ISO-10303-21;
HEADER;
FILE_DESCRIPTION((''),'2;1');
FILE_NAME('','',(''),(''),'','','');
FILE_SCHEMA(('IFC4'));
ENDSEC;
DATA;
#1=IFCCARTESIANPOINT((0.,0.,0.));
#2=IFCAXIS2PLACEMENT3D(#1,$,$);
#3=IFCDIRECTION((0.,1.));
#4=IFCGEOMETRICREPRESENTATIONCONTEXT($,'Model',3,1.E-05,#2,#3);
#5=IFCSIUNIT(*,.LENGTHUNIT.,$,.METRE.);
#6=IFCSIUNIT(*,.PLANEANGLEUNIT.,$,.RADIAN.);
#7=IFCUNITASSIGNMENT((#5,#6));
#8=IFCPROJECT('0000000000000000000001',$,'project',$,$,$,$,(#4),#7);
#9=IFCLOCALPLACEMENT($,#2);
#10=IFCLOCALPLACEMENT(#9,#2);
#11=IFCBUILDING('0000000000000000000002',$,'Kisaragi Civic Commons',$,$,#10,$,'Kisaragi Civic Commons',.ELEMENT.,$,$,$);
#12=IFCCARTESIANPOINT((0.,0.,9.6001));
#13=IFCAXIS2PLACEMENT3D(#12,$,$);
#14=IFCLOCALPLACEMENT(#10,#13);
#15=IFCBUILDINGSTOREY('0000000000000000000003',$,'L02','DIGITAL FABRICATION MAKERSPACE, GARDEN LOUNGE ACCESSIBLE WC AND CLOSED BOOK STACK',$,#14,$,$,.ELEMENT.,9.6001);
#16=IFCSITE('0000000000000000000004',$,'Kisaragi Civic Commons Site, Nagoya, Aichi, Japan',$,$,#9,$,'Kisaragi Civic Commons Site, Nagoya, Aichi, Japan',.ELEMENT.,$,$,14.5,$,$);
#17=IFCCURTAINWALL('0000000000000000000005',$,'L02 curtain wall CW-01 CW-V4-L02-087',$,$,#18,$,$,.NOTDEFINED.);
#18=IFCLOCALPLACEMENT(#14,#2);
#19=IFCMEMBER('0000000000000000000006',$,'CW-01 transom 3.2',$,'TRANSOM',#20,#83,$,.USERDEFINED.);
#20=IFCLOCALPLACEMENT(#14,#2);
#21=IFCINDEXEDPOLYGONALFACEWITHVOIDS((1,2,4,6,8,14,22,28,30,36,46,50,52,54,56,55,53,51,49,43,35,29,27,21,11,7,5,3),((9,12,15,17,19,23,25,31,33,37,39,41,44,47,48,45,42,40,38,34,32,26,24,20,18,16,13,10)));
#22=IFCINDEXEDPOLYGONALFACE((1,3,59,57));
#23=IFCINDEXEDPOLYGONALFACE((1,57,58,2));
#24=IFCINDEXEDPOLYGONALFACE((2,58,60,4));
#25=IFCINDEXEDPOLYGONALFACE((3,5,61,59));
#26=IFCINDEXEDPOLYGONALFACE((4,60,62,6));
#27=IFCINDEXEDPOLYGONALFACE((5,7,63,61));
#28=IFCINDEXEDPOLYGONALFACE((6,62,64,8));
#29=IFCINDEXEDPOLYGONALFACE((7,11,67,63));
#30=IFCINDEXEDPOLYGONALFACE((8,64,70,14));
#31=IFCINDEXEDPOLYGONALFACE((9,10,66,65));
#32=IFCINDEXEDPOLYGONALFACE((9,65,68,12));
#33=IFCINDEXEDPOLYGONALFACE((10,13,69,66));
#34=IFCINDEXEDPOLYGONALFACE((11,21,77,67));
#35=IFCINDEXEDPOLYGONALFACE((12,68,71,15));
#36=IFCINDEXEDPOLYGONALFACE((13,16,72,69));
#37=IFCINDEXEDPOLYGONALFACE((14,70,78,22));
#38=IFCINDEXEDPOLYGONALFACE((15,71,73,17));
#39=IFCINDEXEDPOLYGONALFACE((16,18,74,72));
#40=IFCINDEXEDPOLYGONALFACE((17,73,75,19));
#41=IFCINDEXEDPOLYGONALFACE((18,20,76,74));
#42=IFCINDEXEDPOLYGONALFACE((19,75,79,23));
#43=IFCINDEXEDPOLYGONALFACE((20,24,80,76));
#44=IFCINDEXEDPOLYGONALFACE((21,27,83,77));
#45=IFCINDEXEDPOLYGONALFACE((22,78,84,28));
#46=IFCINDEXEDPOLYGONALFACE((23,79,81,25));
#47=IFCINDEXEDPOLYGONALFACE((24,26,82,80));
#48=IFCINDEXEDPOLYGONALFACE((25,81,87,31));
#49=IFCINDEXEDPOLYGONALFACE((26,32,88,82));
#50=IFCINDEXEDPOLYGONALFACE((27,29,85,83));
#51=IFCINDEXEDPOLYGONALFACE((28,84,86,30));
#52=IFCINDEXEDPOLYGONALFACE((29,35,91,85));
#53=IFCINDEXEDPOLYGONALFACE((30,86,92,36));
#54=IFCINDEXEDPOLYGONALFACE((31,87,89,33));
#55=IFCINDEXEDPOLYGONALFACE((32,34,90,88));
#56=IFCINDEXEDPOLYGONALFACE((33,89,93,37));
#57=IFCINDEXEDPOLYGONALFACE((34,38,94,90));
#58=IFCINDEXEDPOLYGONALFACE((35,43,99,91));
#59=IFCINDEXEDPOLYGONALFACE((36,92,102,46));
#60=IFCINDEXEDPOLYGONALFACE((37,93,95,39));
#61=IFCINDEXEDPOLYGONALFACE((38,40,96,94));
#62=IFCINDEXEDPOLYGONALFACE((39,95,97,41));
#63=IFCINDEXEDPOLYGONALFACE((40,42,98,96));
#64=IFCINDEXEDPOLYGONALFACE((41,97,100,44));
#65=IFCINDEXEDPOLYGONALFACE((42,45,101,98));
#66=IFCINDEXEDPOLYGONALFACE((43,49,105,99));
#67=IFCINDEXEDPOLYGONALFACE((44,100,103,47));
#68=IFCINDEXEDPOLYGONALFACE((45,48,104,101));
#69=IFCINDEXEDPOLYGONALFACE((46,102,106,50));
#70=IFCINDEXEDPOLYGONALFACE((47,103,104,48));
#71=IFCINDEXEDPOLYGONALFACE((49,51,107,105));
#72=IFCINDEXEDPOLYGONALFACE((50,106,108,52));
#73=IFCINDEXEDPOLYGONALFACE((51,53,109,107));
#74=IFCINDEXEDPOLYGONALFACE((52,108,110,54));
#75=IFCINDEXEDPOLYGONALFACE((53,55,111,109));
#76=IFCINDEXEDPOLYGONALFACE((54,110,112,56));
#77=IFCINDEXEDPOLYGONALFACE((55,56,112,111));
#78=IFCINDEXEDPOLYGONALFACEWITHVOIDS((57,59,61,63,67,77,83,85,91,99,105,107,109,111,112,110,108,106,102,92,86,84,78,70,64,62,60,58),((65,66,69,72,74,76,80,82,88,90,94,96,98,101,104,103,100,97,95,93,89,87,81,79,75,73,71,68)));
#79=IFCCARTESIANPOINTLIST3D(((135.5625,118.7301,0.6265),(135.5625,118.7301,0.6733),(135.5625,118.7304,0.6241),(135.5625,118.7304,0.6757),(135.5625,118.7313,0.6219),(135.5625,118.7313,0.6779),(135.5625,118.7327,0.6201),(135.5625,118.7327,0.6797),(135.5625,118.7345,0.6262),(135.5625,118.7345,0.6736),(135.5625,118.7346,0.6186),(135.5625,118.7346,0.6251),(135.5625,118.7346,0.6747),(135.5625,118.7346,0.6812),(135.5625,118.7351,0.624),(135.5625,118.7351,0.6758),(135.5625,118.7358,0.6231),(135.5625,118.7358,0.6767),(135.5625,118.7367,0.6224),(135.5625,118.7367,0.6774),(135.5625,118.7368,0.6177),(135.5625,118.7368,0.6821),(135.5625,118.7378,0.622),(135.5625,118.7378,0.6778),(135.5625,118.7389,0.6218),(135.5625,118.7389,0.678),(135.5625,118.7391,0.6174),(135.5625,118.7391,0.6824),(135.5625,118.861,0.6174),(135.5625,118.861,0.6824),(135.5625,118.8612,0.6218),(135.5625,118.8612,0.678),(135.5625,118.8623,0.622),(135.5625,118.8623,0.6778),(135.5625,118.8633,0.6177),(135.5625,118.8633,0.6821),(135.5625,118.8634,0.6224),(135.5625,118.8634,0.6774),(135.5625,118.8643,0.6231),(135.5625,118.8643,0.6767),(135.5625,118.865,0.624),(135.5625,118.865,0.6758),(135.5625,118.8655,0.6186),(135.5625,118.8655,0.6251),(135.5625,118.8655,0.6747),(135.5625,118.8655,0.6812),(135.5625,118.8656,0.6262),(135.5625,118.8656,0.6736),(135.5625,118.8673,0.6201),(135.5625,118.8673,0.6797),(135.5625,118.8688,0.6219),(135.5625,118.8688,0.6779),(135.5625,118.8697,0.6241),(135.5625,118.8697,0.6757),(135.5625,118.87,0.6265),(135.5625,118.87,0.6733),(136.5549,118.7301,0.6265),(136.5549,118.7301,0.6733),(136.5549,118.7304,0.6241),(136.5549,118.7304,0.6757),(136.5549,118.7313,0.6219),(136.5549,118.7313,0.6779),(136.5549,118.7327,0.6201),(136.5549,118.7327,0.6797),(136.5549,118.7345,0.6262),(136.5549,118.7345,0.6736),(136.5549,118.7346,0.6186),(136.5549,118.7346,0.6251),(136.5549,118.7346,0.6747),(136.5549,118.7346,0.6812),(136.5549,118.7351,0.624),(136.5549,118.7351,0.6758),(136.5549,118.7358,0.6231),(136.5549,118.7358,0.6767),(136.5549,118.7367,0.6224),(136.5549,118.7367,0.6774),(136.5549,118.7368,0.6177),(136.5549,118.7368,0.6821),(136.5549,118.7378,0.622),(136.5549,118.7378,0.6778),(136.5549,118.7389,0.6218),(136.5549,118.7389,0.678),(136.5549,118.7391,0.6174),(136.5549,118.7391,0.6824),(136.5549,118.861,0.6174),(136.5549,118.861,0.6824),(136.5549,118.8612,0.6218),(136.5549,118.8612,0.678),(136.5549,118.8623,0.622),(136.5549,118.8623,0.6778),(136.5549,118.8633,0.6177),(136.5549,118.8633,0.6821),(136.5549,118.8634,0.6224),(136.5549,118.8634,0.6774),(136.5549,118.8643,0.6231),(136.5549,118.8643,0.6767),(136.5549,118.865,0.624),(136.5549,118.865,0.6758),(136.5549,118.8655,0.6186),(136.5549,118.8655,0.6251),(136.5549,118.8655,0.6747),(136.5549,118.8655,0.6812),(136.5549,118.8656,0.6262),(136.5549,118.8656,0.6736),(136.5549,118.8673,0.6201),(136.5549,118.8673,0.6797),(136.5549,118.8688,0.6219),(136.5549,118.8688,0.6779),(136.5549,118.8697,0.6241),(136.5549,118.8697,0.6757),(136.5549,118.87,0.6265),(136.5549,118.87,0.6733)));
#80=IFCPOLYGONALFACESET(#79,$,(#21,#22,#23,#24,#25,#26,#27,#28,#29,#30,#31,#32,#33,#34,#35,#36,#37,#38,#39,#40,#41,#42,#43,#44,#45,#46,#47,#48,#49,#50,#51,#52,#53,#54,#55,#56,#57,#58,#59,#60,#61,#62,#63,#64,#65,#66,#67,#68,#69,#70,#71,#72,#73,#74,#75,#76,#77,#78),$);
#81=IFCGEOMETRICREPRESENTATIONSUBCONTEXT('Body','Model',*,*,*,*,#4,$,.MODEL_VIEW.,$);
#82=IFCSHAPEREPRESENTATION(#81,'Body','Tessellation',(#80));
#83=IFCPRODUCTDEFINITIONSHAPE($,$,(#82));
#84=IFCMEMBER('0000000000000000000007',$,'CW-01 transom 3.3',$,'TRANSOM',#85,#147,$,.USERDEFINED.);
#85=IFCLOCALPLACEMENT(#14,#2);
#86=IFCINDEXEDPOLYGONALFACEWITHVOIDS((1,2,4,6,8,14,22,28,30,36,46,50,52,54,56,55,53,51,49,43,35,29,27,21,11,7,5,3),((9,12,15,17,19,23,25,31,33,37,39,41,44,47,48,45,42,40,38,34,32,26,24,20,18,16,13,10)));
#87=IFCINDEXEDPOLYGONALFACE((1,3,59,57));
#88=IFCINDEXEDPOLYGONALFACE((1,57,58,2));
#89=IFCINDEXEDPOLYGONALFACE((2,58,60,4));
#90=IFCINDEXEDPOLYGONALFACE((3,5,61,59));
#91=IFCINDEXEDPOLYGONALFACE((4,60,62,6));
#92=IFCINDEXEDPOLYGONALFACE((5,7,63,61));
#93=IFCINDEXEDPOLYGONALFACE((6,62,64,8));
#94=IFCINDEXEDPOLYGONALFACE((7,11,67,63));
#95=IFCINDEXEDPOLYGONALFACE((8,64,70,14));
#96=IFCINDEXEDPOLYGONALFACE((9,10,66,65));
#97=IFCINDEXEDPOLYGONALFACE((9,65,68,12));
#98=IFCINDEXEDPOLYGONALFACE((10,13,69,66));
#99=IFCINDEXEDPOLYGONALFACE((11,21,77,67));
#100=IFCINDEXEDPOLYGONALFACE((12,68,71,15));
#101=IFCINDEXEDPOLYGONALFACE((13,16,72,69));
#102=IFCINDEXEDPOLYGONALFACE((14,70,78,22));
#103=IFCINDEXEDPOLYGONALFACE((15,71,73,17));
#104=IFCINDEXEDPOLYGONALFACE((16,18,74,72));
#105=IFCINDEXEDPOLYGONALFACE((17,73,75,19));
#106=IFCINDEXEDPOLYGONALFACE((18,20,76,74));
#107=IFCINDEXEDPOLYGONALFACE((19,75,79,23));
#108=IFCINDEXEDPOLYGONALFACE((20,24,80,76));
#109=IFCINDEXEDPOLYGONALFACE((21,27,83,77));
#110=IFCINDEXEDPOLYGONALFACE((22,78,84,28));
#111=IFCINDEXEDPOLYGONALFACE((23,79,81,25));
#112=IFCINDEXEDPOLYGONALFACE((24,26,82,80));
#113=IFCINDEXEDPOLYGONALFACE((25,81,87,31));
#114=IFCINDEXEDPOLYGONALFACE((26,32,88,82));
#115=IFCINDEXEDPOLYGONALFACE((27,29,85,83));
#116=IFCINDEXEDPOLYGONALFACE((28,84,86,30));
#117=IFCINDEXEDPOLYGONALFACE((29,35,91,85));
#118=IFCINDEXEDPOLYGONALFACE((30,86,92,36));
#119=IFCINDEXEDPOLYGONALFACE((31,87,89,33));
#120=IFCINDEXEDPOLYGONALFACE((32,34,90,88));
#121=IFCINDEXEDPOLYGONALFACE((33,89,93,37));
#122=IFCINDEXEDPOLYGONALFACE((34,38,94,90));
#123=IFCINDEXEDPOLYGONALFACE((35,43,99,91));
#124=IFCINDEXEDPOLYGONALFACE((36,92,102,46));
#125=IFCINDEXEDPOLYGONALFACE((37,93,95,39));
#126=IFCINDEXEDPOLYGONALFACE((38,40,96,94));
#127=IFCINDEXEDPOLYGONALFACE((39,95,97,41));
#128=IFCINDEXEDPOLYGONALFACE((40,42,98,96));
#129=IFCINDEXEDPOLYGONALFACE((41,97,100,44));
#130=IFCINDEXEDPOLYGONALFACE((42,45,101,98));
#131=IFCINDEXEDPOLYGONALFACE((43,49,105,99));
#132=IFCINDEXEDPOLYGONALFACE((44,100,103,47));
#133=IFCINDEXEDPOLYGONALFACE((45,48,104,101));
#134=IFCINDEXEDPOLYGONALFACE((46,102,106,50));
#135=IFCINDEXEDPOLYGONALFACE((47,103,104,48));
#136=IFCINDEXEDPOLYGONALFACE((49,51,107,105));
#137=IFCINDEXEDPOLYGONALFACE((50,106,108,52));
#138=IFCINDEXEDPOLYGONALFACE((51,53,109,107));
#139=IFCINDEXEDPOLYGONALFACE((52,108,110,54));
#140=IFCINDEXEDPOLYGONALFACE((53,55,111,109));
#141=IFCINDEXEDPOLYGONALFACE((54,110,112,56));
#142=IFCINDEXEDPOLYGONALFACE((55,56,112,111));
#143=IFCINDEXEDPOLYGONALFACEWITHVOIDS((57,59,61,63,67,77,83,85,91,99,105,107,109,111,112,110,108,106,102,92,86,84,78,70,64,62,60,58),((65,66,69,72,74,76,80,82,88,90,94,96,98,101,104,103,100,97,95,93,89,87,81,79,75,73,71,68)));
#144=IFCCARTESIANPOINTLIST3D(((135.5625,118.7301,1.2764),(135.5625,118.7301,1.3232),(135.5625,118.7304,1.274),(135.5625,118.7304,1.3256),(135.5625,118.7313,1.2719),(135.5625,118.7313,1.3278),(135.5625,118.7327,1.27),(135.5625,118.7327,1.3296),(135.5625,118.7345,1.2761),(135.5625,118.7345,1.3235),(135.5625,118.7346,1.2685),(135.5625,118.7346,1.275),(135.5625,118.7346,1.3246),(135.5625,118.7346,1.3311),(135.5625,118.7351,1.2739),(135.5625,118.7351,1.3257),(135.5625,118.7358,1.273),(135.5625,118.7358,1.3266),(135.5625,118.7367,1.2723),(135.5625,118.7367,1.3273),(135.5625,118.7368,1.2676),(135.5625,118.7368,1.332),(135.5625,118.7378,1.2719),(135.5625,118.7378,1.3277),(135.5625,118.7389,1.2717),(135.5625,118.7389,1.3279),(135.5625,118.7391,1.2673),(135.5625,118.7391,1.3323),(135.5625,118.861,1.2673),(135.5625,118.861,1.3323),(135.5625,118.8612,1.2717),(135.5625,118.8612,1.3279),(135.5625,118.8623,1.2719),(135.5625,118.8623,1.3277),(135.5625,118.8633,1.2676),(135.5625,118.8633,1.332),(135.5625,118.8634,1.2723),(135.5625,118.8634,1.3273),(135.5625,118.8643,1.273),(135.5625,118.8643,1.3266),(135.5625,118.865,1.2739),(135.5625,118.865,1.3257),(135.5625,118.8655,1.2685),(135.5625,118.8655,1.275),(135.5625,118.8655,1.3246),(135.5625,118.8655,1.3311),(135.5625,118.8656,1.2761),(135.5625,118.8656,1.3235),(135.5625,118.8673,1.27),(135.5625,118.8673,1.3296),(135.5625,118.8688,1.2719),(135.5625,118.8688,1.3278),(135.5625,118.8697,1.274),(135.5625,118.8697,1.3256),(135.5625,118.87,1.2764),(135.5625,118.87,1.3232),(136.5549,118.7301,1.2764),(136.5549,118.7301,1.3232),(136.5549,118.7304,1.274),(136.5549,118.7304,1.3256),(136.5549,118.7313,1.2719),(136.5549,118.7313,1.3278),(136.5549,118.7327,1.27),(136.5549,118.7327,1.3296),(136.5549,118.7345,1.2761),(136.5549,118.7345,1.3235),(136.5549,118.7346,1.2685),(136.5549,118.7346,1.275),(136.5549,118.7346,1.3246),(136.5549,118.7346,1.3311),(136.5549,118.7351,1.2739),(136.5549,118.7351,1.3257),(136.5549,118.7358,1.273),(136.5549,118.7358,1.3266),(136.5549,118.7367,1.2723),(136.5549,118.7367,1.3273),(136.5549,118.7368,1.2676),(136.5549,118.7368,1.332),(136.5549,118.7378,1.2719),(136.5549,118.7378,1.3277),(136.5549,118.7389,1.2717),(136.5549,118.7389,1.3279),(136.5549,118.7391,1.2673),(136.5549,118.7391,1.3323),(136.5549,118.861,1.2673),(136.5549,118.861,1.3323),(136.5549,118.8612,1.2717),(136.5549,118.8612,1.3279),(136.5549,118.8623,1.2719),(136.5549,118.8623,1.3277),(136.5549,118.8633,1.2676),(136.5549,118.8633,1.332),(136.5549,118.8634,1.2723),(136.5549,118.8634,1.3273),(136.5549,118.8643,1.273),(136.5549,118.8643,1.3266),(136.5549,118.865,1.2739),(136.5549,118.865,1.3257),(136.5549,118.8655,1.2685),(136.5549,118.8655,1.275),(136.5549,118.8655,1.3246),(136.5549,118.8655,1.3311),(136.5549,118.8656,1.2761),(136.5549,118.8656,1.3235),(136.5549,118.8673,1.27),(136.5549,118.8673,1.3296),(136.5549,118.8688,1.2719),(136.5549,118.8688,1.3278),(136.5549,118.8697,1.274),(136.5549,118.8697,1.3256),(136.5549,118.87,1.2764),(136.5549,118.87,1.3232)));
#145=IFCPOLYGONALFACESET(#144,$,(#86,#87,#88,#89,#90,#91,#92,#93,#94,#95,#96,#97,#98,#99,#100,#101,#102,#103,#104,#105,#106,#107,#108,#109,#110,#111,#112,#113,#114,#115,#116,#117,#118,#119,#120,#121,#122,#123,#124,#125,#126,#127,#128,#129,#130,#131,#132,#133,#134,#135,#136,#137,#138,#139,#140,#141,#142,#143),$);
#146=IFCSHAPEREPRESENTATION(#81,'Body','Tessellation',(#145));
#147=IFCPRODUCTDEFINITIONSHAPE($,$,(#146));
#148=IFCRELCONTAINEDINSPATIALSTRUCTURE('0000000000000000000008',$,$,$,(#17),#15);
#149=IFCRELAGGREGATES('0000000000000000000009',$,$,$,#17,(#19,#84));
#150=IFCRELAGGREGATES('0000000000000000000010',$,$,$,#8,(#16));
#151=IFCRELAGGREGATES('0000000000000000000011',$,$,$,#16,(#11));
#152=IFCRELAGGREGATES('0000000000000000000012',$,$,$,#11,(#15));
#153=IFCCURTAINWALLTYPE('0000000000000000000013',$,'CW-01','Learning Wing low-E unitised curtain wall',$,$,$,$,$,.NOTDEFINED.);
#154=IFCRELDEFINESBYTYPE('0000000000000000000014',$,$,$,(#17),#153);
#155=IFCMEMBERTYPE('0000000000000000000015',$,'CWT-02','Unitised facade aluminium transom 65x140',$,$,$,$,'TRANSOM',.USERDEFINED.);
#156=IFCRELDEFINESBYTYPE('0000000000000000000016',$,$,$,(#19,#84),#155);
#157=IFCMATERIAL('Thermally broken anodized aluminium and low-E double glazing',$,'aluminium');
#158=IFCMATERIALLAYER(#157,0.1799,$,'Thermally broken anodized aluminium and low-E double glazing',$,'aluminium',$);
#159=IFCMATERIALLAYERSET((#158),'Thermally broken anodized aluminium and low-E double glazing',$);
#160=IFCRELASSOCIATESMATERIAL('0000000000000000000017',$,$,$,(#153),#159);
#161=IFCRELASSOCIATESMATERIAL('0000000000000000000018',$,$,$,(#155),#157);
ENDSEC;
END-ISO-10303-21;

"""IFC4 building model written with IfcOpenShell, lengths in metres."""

from ifc_helpers import new_model, si_unit, direction, frame, origin, origin_2d, place, context, subcontext, project, spatial, hollow_rectangle, extrude, material, layer, layer_set, material_profile, profile_set, type_object, element, aggregate, save


model = new_model("IFC4")

# Units and contexts
model_context = context("Model", 3, precision=1e-05, world=origin(), true_north=direction((0.0, 1.0)))
body_context = subcontext(model_context, "Body", "Model", "MODEL_VIEW")
ifc_project = project(units=[si_unit("LENGTHUNIT", "METRE"), si_unit("PLANEANGLEUNIT", "RADIAN")], contexts=[model_context])

# Site, building, storey
site_placement = place(None, origin())
site = spatial("IfcSite", under=ifc_project, at=site_placement, Name="Kisaragi Civic Commons Site, Nagoya, Aichi, Japan", LongName="Kisaragi Civic Commons Site, Nagoya, Aichi, Japan", CompositionType="ELEMENT", RefElevation=14.5)
building_placement = place(site_placement, origin())
building = spatial("IfcBuilding", under=site, at=building_placement, Name="Kisaragi Civic Commons", LongName="Kisaragi Civic Commons", CompositionType="ELEMENT")
storey_placement = place(building_placement, frame((0.0, 0.0, 9.6001)))
storey = spatial("IfcBuildingStorey", under=building, at=storey_placement, Name="L02", Description="DIGITAL FABRICATION MAKERSPACE, GARDEN LOUNGE ACCESSIBLE WC AND CLOSED BOOK STACK", CompositionType="ELEMENT", Elevation=9.6001)

# Curtain wall, members
ifc_material_1 = material(Name="Thermally broken anodized aluminium and low-E double glazing", Category="aluminium")
ifc_layer_1 = layer(ifc_material_1, 0.1799, Name="Thermally broken anodized aluminium and low-E double glazing", Category="aluminium")
ifc_layer_set_1 = layer_set([ifc_layer_1], Name="Thermally broken anodized aluminium and low-E double glazing")
curtain_wall_type = type_object("IfcCurtainWallType", Name="CW-01", Description="Learning Wing low-E unitised curtain wall", PredefinedType="NOTDEFINED", material=ifc_layer_set_1)
curtain_wall_placement = place(storey_placement, origin())
curtain_wall = element("IfcCurtainWall", 1, at=curtain_wall_placement, inside=storey, type_object=curtain_wall_type, Name="L02 curtain wall CW-01 CW-V4-L02-087", PredefinedType="NOTDEFINED")
ifc_material_profile_1 = material_profile(ifc_material_1, hollow_rectangle(XDim=0.1399, YDim=0.0649, WallThickness=0.0044, InnerFilletRadius=0.0044, OuterFilletRadius=0.009, at=origin_2d()), Name="CWT-65x140x4.5", Category="aluminium")
ifc_profile_set_1 = profile_set([ifc_material_profile_1], Name="Thermally broken anodized aluminium and low-E double glazing")
member_type_1 = type_object("IfcMemberType", Name="CWT-02", Description="Unitised facade aluminium transom 65x140", ElementType="TRANSOM", PredefinedType="USERDEFINED", material=ifc_profile_set_1)
member_1_placement = place(storey_placement, frame((135.5625, 118.8, 0.6499), z_axis=(1.0, 0.0, 0.0), x_axis=(0.0, 1.0, 0.0)))
member_1 = element("IfcMember", 2, at=member_1_placement, type_object=member_type_1, Name="CW-01 transom 3.2", ObjectType="TRANSOM", PredefinedType="USERDEFINED", context=body_context, shape_type="SweptSolid", body=[
    extrude(hollow_rectangle(XDim=0.1399, YDim=0.0649, WallThickness=0.0044, InnerFilletRadius=0.0044, OuterFilletRadius=0.009, at=origin_2d()), origin(), (0.0, 0.0, 1.0), 0.9924),
])
member_2_placement = place(storey_placement, frame((135.5625, 118.8, 1.2998), z_axis=(1.0, 0.0, 0.0), x_axis=(0.0, 1.0, 0.0)))
member_2 = element("IfcMember", 3, at=member_2_placement, type_object=member_type_1, Name="CW-01 transom 3.3", ObjectType="TRANSOM", PredefinedType="USERDEFINED", context=body_context, shape_type="SweptSolid", body=[
    extrude(hollow_rectangle(XDim=0.1399, YDim=0.0649, WallThickness=0.0044, InnerFilletRadius=0.0044, OuterFilletRadius=0.009, at=origin_2d()), origin(), (0.0, 0.0, 1.0), 0.9924),
])
aggregate(curtain_wall, [member_1, member_2])

save(model, "model.ifc")
